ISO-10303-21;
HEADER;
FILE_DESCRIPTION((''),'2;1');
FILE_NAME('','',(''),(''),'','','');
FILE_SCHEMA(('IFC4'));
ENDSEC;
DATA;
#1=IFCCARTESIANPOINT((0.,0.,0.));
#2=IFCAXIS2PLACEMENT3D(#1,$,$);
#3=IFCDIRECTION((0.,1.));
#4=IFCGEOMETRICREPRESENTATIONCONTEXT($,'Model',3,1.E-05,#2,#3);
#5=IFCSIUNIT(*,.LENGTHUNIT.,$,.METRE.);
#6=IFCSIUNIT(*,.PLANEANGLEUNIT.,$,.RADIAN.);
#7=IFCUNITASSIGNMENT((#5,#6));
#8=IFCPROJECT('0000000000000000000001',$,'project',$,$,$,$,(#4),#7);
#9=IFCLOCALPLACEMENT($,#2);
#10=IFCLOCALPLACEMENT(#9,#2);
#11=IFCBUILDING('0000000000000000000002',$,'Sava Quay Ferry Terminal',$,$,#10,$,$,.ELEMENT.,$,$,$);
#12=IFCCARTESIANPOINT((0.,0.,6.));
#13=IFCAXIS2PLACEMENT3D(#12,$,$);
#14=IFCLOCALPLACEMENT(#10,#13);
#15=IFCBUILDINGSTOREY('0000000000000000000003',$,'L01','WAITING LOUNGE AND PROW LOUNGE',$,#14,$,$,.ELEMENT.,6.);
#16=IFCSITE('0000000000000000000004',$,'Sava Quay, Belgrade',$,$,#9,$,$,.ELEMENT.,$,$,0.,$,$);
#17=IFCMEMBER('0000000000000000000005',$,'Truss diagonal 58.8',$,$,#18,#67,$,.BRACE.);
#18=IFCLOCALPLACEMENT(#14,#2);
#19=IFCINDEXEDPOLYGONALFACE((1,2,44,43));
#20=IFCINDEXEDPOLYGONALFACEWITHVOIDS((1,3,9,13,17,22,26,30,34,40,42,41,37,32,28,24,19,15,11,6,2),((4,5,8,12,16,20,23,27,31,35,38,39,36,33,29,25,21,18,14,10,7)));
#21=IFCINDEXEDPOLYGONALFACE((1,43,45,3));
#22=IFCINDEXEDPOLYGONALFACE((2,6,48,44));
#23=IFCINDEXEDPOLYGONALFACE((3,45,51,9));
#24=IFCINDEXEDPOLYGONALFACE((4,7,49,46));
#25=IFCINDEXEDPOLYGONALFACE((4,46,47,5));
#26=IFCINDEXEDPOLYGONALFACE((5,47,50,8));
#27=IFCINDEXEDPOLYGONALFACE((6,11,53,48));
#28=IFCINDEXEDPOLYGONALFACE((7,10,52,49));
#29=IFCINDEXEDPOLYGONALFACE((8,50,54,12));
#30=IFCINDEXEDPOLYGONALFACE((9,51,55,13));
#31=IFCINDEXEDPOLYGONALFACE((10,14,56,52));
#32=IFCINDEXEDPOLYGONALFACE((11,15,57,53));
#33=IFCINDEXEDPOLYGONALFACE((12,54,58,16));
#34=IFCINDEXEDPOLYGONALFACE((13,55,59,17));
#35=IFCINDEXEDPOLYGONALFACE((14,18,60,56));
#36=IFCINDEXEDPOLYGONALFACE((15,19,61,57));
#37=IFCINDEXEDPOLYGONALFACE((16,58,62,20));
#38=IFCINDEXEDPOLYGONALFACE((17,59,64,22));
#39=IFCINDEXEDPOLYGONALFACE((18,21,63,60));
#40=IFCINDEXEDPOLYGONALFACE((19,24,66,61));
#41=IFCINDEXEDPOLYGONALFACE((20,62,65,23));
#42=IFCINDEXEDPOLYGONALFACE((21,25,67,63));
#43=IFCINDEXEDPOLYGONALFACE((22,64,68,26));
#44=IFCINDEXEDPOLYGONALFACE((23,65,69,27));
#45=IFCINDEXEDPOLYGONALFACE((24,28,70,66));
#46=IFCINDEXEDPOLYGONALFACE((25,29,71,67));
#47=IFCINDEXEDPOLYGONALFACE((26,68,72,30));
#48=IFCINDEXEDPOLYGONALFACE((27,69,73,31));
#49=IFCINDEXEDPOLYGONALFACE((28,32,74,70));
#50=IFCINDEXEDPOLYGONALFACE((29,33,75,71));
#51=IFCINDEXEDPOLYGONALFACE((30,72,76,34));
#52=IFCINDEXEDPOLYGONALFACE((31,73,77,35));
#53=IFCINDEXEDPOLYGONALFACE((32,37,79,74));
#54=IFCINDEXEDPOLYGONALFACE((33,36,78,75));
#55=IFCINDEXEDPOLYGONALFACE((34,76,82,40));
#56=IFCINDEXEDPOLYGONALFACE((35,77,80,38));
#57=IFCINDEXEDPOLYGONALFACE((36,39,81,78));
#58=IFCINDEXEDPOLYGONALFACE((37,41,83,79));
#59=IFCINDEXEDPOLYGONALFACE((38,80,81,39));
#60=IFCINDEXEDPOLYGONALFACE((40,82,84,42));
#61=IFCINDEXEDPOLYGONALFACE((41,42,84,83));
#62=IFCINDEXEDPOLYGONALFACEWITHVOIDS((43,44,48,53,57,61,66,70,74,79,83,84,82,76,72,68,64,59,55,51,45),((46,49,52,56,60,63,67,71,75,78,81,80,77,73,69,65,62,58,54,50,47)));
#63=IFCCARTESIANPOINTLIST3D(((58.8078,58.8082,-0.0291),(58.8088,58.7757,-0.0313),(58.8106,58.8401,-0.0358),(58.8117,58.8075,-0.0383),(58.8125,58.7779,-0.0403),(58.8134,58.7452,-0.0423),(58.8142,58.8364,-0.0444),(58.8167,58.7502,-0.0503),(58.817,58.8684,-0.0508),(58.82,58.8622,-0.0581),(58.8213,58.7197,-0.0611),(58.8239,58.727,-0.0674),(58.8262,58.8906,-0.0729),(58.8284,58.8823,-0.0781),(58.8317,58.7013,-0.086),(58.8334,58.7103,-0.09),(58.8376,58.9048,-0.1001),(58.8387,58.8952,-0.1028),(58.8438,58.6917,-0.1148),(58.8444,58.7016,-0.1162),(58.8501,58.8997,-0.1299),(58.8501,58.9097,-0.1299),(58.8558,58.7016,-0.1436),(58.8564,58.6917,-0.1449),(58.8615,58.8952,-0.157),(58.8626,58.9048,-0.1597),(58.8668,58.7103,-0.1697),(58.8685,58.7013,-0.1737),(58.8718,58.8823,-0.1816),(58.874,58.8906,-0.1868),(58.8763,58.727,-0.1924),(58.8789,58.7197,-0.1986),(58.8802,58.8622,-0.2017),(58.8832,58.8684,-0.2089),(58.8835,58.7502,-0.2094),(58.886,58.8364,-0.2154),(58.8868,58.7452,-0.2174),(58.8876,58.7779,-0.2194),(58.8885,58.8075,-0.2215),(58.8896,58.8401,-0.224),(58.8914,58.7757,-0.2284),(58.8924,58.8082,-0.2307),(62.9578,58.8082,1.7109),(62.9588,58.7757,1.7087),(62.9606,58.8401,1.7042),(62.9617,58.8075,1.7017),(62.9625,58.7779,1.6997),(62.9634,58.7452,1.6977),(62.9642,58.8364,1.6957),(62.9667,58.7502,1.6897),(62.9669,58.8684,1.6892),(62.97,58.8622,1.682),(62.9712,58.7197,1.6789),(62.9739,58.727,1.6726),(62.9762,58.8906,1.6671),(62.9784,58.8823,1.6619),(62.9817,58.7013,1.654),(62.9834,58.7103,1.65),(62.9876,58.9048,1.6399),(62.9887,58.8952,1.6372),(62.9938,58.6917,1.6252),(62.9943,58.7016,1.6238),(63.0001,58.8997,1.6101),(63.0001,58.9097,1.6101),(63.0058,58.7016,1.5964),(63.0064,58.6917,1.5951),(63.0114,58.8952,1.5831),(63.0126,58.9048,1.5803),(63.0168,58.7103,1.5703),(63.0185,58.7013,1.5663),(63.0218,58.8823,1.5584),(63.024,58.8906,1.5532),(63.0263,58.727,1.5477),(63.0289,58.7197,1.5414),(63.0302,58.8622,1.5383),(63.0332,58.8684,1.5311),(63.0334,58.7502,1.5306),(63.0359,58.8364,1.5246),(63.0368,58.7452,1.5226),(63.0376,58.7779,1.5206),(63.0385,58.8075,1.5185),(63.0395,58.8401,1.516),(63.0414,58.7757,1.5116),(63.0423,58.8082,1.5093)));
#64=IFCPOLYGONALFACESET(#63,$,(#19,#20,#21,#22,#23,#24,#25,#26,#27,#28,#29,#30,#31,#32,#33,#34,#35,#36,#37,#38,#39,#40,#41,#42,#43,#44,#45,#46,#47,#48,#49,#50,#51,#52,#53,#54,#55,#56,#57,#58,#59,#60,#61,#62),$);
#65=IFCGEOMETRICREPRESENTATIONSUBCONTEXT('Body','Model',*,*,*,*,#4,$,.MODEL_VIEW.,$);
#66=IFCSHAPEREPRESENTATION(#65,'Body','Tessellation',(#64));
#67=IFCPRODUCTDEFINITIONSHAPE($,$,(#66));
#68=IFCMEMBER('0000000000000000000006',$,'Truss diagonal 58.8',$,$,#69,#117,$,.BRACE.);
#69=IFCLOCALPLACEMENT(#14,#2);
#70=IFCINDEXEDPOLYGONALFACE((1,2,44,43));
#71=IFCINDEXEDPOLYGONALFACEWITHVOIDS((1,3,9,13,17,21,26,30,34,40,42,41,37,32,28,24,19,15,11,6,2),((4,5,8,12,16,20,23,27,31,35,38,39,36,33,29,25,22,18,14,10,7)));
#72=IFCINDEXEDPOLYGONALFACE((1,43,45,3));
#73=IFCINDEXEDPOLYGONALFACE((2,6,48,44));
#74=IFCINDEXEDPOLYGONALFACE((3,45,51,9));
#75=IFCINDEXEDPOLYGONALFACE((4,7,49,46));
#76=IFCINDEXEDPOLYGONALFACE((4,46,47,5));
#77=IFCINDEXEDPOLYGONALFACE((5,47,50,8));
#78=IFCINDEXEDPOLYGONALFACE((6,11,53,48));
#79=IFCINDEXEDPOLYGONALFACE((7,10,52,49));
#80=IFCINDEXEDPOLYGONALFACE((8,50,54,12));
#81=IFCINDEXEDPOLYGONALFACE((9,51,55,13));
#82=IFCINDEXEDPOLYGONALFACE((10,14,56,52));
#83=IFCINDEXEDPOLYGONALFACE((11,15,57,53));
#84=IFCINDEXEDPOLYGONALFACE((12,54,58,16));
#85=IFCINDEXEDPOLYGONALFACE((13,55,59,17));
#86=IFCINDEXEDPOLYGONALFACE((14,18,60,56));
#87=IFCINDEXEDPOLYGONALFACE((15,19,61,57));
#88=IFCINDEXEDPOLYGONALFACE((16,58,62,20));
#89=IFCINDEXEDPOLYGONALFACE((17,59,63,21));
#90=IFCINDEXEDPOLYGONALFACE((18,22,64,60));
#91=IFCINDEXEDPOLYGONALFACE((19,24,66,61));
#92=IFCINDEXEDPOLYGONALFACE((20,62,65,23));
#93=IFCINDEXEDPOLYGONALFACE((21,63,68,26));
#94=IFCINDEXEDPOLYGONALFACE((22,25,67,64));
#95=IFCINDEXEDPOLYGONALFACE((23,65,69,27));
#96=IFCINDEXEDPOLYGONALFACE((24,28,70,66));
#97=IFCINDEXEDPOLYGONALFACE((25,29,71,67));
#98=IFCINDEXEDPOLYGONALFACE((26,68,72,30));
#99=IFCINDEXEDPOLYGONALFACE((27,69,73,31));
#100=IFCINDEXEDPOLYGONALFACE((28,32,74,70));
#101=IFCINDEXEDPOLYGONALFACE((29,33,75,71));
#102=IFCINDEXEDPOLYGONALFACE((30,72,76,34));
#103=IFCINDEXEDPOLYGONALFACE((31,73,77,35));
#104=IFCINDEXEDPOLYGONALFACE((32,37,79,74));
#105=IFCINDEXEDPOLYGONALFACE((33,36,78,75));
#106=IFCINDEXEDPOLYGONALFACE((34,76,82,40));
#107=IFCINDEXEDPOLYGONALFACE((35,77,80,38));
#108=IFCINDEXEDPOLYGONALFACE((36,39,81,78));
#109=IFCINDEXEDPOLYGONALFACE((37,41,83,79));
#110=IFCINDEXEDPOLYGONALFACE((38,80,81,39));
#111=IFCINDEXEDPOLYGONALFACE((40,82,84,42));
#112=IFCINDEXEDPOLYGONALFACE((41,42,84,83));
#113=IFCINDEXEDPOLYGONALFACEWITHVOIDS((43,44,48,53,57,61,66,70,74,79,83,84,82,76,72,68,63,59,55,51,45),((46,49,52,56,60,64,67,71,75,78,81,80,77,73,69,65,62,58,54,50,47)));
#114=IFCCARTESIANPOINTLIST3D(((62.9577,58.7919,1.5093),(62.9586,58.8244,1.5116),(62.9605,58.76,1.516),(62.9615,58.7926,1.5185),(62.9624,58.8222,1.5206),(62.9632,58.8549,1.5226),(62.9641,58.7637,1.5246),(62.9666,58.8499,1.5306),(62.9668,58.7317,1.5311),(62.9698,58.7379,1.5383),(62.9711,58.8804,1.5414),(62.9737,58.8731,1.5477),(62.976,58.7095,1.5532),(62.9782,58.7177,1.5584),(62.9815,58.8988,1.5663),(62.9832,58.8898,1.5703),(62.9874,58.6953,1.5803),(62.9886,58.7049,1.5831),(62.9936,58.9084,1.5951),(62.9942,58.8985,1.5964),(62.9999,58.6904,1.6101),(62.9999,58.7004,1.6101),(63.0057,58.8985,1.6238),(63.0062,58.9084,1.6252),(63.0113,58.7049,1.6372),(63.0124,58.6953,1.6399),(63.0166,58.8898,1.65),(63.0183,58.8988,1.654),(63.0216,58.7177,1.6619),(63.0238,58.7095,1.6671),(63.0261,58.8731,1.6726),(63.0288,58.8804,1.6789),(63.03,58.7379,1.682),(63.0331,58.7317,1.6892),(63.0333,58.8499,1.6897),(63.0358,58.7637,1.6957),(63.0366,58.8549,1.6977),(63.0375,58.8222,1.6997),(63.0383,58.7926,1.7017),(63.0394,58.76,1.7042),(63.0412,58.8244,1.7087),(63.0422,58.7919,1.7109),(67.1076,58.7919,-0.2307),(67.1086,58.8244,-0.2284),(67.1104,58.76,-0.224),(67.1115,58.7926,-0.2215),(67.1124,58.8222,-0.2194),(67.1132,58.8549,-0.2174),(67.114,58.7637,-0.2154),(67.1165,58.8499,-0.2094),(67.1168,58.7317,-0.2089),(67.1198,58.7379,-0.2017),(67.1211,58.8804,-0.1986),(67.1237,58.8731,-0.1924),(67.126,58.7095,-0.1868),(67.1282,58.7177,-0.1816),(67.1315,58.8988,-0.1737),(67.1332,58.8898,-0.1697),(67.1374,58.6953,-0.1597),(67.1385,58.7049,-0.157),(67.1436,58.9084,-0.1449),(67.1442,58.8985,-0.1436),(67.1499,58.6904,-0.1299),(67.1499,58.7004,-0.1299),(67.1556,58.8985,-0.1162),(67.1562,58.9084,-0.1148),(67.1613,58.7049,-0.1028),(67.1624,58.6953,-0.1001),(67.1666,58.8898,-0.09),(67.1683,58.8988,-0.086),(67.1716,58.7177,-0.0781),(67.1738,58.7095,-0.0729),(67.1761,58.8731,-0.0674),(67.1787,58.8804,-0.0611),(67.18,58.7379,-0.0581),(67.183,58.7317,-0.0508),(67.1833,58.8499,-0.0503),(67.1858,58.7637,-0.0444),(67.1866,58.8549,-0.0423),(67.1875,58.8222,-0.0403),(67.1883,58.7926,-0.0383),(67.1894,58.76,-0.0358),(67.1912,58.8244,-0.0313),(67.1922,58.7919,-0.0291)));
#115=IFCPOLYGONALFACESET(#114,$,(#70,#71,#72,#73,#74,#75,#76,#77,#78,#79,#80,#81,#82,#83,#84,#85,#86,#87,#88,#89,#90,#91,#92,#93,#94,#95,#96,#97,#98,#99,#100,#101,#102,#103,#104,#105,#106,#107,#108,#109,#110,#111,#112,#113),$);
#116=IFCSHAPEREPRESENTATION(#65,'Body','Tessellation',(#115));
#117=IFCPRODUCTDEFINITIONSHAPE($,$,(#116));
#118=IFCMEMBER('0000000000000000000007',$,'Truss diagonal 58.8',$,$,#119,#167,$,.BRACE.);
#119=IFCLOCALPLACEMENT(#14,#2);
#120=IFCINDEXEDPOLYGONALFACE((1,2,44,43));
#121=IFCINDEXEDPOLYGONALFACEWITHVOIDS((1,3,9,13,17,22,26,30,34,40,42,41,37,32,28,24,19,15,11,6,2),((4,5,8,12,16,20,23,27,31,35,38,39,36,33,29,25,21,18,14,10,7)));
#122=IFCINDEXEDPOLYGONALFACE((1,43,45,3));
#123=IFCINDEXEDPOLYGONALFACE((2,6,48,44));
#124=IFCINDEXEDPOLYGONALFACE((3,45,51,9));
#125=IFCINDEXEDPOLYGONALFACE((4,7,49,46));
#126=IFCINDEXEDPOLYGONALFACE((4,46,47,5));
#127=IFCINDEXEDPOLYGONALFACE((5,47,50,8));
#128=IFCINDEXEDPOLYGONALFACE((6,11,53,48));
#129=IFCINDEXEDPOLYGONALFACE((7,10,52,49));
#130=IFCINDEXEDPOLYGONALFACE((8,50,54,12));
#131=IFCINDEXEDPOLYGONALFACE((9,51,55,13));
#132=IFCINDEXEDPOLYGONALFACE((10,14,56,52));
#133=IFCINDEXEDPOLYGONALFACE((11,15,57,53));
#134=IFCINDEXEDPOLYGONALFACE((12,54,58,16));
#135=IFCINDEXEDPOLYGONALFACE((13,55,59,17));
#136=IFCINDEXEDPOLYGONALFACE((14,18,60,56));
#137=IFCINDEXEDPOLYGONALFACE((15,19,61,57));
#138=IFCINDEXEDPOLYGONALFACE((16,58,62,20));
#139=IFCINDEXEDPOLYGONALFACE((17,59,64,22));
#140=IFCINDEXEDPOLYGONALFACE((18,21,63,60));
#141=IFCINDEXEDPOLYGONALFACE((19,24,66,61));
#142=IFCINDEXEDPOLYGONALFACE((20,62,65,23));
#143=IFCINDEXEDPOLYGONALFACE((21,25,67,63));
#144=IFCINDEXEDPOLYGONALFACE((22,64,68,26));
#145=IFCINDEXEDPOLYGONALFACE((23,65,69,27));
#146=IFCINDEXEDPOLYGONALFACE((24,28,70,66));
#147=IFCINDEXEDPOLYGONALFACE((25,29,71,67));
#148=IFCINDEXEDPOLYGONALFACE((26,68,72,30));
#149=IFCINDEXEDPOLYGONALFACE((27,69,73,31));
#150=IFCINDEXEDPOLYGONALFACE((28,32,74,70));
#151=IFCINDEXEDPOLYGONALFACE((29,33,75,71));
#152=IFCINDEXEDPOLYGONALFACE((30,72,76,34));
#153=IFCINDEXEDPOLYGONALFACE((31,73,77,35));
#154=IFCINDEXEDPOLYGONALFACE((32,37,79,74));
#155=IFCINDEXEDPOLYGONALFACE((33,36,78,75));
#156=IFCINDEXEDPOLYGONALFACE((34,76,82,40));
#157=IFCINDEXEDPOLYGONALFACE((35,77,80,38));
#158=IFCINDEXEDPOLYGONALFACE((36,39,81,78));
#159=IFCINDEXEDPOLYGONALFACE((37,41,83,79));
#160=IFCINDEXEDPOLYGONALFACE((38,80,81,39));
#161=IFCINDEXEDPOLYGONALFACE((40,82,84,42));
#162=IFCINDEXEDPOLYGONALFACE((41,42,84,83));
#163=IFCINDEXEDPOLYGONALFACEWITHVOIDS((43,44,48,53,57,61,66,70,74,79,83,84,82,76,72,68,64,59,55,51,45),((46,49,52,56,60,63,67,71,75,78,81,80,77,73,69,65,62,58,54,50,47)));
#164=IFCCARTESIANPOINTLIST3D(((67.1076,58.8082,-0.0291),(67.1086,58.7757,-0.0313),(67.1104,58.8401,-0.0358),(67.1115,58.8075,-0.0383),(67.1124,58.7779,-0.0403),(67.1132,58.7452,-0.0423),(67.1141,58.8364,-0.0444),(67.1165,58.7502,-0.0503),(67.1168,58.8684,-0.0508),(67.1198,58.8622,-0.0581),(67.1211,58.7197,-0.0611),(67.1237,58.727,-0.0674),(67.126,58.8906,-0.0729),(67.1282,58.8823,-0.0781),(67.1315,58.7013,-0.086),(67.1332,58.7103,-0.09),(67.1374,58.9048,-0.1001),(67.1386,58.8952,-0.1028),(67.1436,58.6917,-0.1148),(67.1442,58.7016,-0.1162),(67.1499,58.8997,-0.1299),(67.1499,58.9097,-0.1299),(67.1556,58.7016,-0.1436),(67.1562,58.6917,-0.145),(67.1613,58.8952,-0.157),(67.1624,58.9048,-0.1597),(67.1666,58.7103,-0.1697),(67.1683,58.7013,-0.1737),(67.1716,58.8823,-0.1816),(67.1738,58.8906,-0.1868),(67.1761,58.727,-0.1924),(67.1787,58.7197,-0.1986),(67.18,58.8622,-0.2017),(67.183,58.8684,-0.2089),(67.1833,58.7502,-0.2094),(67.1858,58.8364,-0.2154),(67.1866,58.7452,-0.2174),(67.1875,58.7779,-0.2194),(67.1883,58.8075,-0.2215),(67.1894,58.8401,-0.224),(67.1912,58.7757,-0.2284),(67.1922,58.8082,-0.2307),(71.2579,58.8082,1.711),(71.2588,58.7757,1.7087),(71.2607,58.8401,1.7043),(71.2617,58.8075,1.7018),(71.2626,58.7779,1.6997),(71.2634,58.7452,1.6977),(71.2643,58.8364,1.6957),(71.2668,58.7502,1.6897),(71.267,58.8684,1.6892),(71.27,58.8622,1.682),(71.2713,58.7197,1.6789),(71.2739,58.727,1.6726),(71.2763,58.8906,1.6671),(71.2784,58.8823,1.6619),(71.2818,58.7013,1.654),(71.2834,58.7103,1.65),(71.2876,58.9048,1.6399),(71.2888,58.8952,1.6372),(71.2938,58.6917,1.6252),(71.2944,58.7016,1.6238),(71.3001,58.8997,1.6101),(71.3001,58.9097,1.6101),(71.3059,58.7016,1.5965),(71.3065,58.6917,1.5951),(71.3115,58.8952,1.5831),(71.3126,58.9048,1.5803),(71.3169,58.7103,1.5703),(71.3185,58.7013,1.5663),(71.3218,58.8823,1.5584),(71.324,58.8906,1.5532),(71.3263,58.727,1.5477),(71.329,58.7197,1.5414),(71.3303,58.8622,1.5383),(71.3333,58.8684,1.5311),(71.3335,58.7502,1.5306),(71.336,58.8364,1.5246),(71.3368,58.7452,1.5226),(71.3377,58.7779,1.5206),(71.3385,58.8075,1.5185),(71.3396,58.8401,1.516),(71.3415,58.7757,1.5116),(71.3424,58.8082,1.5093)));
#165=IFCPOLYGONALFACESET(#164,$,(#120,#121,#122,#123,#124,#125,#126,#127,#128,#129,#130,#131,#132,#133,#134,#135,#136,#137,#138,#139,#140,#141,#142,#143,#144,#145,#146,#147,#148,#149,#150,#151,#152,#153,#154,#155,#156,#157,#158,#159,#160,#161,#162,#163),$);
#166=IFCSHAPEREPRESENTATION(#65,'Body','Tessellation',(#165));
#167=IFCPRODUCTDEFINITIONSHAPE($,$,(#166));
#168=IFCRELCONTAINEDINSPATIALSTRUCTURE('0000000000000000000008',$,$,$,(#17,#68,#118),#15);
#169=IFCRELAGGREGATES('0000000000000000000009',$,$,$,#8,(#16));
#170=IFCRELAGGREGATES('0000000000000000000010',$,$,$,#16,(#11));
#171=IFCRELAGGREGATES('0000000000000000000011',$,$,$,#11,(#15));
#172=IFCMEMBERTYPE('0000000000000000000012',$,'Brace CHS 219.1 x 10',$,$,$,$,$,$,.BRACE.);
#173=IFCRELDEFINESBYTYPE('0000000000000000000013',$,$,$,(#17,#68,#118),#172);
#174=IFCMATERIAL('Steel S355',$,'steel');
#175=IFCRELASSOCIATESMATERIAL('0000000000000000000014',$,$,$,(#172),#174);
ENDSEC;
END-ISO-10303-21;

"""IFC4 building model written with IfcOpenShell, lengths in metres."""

from ifc_helpers import new_model, si_unit, direction, frame, origin, origin_2d, place, context, subcontext, project, spatial, hollow_circle, extrude, material, material_profile, profile_set, type_object, element, save


model = new_model("IFC4")

# Units and contexts
model_context = context("Model", 3, precision=1e-05, world=origin(), true_north=direction((0.0, 1.0)))
body_context = subcontext(model_context, "Body", "Model", "MODEL_VIEW")
ifc_project = project(units=[si_unit("LENGTHUNIT", "METRE"), si_unit("PLANEANGLEUNIT", "RADIAN")], contexts=[model_context])

# Site, building, storey
site_placement = place(None, origin())
site = spatial("IfcSite", under=ifc_project, at=site_placement, Name="Sava Quay, Belgrade", CompositionType="ELEMENT", RefElevation=0.0)
building_placement = place(site_placement, origin())
building = spatial("IfcBuilding", under=site, at=building_placement, Name="Sava Quay Ferry Terminal", CompositionType="ELEMENT")
storey_placement = place(building_placement, frame((0.0, 0.0, 6.0)))
storey = spatial("IfcBuildingStorey", under=building, at=storey_placement, Name="L01", Description="WAITING LOUNGE AND PROW LOUNGE", CompositionType="ELEMENT", Elevation=6.0)

# Members
ifc_material_1 = material(Name="Steel S355", Category="steel")
ifc_material_profile_1 = material_profile(ifc_material_1, hollow_circle(Radius=0.1096, WallThickness=0.01, at=origin_2d()), Name="CHS 219.1 x 10")
ifc_profile_set_1 = profile_set([ifc_material_profile_1], Name="Steel S355")
member_type_1 = type_object("IfcMemberType", Name="Brace CHS 219.1 x 10", PredefinedType="BRACE", material=ifc_profile_set_1)
for number, where, z_axis, x_axis, name in (
    (1, (58.8501, 58.8, -0.1299), (0.922217, 0.0, 0.386672), (0.0, 1.0, 0.0), "Truss diagonal 58.8"),
    (2, (67.1499, 58.8, -0.1299), (-0.922217, 0.0, 0.386672), (0.0, -1.0, 0.0), "Truss diagonal 58.8"),
):
    element("IfcMember", number, at=place(storey_placement, frame(where, z_axis=z_axis, x_axis=x_axis)), inside=storey, type_object=member_type_1, Name=name, PredefinedType="BRACE", context=body_context, shape_type="SweptSolid", body=[
        extrude(hollow_circle(Radius=0.1096, WallThickness=0.01, at=origin_2d()), origin(), (0.0, 0.0, 1.0), 4.5),
    ])
member_1_placement = place(storey_placement, frame((67.1499, 58.8, -0.1299), z_axis=(0.922226, 0.0, 0.386652), x_axis=(0.0, 1.0, 0.0)))
element("IfcMember", 3, at=member_1_placement, inside=storey, type_object=member_type_1, Name="Truss diagonal 58.8", PredefinedType="BRACE", context=body_context, shape_type="SweptSolid", body=[
    extrude(hollow_circle(Radius=0.1096, WallThickness=0.01, at=origin_2d()), origin(), (0.0, 0.0, 1.0), 4.5002),
])

save(model, "model.ifc")
